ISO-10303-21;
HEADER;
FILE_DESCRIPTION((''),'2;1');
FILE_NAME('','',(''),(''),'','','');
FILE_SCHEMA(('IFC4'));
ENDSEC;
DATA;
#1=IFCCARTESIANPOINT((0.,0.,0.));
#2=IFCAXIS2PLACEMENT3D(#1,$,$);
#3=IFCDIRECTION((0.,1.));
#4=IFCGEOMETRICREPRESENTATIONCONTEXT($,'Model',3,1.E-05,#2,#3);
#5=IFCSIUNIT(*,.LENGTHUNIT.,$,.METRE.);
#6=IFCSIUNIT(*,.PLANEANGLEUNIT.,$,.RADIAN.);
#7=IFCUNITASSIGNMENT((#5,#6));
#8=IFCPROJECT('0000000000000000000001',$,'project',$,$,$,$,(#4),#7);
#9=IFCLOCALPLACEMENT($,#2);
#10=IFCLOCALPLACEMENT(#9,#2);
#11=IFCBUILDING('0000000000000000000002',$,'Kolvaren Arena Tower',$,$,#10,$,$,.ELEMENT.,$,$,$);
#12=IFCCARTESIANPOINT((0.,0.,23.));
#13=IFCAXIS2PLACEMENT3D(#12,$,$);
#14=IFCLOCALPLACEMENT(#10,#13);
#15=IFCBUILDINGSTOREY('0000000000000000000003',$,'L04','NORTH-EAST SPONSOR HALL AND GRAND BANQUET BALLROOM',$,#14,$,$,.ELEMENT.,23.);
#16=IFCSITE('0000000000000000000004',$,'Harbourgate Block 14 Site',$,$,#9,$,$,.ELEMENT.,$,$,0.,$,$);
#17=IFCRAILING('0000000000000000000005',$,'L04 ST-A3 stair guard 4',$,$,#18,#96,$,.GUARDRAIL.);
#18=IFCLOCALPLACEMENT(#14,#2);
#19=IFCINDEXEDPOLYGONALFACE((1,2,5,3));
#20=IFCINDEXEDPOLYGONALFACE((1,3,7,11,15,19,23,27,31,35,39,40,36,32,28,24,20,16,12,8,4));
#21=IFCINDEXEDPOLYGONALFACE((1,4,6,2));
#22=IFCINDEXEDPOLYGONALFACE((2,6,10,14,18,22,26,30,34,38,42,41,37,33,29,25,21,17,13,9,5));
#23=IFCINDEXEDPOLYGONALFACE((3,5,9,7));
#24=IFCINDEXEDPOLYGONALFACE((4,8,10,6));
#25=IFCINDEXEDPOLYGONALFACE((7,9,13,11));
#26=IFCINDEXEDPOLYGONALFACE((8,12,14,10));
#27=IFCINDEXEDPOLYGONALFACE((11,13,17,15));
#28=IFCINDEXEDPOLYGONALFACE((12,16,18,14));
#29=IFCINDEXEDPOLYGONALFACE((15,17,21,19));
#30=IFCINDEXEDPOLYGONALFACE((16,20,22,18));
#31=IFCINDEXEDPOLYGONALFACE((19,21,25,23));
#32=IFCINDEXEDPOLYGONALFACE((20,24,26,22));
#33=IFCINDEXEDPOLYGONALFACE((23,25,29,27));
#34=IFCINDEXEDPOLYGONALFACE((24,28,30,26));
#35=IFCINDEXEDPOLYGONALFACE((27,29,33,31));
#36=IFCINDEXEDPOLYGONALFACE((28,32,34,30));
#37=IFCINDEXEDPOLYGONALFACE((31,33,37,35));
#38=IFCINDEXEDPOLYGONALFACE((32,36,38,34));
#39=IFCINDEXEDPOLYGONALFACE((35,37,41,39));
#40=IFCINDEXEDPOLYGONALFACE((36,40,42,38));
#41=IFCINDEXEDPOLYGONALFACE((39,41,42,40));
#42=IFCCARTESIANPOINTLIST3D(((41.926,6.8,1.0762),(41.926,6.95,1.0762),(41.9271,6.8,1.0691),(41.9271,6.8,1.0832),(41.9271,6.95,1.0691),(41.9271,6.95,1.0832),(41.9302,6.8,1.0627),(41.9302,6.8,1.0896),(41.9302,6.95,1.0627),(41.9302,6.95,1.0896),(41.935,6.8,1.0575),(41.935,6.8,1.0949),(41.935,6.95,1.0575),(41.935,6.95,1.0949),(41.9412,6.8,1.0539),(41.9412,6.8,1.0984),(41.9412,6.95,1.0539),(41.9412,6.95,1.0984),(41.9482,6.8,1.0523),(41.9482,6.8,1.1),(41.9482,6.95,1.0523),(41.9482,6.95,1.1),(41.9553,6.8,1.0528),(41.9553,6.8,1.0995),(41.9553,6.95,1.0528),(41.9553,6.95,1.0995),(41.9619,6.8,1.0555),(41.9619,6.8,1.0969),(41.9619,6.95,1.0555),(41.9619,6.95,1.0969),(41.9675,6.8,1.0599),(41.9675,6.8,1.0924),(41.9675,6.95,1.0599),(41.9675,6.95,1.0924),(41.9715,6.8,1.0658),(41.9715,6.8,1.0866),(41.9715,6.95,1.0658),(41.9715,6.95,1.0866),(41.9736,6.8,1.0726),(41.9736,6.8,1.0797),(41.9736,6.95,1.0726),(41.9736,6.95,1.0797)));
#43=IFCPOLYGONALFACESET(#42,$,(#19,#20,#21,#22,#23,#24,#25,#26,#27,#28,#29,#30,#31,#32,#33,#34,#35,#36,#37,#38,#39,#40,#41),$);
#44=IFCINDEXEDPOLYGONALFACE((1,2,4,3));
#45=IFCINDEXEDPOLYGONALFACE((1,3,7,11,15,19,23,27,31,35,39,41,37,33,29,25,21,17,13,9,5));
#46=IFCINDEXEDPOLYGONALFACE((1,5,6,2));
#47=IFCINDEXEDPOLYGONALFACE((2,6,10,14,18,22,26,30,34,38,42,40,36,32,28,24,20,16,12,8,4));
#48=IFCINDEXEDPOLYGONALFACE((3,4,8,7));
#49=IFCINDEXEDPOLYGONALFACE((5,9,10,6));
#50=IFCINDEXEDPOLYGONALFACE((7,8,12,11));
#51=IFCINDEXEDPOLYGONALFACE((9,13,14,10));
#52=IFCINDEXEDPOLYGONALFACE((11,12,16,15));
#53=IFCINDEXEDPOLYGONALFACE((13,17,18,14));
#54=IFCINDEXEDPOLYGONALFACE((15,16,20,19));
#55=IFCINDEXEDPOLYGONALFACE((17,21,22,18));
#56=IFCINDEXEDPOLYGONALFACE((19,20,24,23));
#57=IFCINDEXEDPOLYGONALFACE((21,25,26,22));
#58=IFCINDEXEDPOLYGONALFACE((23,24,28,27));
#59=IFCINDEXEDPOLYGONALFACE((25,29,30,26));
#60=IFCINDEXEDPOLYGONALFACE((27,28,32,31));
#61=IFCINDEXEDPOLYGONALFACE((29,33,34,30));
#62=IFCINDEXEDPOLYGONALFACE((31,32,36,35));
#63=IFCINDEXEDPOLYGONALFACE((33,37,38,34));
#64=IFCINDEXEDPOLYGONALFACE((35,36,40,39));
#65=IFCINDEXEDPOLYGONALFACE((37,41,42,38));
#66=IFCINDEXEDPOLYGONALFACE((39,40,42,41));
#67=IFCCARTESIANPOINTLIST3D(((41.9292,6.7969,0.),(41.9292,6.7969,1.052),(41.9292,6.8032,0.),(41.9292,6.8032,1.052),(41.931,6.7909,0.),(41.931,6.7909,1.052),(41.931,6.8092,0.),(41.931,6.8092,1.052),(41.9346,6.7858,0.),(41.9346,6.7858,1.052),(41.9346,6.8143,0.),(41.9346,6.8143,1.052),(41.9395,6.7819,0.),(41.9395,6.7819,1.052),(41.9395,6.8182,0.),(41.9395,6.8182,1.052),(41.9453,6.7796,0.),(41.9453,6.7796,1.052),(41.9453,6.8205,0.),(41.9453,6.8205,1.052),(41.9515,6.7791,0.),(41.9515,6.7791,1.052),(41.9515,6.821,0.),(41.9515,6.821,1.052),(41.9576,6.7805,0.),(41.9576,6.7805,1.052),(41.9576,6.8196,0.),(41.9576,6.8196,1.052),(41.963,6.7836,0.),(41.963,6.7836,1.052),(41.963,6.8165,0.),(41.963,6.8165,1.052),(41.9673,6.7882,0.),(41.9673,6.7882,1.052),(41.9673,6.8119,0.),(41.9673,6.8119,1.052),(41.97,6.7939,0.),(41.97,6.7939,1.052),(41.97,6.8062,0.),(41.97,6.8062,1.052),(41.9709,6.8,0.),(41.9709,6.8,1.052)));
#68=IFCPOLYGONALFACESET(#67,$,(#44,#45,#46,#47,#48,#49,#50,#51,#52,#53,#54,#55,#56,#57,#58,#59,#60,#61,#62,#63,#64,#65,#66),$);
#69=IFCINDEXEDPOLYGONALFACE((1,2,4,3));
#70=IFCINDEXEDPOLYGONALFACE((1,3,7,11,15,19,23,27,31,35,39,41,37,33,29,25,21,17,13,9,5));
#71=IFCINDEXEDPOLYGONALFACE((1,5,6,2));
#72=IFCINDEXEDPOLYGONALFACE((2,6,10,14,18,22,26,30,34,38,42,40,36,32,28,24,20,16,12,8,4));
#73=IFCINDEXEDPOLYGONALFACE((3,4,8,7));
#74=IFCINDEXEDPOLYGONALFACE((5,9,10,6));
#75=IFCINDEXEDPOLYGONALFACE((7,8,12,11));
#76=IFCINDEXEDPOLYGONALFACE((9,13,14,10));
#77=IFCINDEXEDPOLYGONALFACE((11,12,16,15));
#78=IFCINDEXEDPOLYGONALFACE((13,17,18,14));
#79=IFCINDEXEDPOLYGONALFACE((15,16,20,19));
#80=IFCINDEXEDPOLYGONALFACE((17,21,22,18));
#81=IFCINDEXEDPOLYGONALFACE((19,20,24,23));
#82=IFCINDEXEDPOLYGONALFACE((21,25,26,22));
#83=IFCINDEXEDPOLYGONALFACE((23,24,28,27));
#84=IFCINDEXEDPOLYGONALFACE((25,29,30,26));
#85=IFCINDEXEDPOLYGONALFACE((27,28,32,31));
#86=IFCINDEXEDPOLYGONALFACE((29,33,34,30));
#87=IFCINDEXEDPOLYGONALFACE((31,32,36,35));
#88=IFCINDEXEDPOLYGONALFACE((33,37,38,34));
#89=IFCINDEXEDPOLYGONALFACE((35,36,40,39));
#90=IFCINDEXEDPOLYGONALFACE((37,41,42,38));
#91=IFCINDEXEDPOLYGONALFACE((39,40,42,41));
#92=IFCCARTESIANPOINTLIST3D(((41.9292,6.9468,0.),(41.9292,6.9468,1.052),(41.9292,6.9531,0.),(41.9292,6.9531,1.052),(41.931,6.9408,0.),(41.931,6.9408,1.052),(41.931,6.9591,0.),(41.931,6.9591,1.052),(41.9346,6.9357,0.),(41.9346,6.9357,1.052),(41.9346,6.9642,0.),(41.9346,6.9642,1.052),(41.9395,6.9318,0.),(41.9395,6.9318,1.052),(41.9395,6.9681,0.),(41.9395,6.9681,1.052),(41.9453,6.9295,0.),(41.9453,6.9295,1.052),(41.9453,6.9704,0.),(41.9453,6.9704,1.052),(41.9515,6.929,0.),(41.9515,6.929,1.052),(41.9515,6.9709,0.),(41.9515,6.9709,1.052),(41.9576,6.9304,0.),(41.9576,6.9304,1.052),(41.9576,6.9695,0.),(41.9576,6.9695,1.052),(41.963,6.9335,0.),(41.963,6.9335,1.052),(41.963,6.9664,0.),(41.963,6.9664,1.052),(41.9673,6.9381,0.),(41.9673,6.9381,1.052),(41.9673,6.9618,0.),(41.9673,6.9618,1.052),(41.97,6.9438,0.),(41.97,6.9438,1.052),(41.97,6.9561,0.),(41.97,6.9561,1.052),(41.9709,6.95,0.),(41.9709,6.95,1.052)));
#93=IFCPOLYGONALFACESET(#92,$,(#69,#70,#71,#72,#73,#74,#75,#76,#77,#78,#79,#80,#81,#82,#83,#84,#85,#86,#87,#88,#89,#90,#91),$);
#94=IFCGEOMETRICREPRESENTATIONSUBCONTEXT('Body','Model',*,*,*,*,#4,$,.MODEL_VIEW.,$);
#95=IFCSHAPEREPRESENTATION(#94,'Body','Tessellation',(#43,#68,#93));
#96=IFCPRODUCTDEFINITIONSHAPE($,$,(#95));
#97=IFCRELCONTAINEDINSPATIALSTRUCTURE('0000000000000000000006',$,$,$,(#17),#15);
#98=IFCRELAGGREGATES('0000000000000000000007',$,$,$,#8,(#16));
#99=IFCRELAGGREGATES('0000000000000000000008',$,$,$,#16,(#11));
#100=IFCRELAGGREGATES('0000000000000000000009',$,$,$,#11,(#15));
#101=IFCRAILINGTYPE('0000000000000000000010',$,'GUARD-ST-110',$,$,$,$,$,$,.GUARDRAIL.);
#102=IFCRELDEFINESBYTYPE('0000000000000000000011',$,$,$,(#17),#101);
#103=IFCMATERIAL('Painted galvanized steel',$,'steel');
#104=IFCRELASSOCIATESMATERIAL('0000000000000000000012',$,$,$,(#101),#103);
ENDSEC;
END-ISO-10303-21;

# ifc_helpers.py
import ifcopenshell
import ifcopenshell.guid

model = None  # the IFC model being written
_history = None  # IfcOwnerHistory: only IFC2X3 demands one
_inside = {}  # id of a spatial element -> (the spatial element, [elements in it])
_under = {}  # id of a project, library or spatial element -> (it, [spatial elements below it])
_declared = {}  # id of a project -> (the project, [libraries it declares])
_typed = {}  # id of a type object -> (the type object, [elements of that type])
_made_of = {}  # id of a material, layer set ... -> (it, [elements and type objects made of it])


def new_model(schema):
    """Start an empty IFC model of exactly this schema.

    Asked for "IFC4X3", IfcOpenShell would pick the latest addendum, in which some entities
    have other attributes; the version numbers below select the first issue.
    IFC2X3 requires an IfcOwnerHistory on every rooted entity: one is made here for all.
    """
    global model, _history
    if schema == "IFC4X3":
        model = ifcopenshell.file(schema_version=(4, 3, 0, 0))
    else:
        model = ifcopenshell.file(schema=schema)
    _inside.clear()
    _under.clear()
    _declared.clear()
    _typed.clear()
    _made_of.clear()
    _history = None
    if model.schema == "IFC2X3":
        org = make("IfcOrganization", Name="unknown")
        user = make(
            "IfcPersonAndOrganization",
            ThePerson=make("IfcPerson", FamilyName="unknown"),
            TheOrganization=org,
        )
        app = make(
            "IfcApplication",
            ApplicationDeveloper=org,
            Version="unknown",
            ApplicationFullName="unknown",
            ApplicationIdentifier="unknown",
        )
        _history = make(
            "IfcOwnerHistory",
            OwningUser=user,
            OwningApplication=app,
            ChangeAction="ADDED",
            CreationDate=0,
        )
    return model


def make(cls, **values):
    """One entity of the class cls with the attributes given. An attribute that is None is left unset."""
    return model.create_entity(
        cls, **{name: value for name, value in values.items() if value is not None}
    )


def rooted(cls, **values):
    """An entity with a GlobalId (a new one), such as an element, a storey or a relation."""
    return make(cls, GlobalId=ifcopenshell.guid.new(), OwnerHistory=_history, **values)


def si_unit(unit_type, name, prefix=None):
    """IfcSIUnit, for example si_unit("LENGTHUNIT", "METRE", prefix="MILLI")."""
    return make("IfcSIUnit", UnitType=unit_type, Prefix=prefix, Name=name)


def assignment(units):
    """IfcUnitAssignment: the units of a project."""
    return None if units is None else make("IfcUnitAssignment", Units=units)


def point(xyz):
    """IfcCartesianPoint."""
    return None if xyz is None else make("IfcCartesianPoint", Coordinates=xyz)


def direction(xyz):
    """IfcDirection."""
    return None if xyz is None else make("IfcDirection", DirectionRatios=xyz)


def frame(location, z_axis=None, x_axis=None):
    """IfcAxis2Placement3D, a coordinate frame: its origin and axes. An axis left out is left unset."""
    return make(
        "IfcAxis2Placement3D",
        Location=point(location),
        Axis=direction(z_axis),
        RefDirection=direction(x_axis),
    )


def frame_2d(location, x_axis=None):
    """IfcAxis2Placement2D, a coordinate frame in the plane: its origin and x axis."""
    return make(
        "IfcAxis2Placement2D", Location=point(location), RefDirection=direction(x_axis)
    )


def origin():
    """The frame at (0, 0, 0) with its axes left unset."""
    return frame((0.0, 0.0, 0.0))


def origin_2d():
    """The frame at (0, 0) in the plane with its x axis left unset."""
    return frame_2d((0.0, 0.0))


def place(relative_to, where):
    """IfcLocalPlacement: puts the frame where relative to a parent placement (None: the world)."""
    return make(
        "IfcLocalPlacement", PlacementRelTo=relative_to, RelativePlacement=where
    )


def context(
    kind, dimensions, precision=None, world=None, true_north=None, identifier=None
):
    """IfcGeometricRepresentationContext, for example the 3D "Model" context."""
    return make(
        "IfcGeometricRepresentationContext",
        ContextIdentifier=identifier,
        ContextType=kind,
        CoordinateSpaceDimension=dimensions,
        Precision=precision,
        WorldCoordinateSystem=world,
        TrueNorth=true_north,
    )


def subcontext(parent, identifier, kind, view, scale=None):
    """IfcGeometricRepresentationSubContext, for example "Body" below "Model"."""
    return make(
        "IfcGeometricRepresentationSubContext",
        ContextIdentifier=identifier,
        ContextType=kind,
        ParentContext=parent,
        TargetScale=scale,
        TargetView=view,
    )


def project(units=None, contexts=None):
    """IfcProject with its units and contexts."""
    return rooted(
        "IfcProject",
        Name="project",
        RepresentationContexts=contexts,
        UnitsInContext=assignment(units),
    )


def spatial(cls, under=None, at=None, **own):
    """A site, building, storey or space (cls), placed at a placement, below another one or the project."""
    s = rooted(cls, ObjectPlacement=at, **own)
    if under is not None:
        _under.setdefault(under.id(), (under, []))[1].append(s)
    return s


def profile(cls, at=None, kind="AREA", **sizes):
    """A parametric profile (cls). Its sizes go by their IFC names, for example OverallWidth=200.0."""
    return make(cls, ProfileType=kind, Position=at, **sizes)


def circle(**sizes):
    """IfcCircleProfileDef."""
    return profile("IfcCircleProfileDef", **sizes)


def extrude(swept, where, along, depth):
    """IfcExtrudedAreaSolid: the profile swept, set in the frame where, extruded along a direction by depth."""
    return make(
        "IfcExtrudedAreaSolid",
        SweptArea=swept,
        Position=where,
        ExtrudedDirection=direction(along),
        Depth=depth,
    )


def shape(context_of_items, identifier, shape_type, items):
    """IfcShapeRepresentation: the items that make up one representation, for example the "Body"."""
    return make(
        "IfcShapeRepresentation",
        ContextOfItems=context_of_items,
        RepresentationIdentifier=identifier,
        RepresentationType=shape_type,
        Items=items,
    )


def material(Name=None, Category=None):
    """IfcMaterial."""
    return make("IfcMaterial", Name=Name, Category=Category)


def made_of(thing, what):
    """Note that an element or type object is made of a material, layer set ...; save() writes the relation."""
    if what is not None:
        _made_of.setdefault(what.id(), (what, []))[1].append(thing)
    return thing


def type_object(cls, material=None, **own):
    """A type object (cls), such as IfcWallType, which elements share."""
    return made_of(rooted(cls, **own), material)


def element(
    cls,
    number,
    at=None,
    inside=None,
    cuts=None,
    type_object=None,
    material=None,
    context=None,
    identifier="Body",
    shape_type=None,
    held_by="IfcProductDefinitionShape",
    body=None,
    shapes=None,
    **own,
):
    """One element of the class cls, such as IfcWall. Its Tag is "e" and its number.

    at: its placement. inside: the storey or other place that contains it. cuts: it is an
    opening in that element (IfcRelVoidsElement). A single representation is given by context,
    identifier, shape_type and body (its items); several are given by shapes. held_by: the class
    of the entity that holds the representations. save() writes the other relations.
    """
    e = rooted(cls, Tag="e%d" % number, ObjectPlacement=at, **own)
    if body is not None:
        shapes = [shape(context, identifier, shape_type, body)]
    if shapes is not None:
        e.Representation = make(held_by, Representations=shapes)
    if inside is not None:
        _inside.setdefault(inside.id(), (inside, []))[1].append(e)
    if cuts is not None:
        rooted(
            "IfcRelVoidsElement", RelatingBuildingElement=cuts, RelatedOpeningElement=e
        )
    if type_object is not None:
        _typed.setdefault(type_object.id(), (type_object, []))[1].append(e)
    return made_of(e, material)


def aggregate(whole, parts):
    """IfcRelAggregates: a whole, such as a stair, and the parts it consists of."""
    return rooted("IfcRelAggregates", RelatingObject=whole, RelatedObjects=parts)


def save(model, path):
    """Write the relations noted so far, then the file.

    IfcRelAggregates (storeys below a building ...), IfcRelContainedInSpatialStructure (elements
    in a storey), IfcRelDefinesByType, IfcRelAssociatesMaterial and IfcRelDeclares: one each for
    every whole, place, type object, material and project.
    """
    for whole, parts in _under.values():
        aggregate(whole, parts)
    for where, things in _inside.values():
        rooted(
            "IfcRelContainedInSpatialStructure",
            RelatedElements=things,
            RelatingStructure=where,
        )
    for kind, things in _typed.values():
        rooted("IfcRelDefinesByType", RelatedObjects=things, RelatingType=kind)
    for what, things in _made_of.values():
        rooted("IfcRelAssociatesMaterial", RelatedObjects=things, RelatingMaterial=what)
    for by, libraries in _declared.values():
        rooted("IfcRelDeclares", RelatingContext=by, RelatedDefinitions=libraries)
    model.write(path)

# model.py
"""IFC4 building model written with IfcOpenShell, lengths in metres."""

from ifc_helpers import new_model, si_unit, direction, frame, origin, origin_2d, place, context, subcontext, project, spatial, circle, extrude, material, type_object, element, save


model = new_model("IFC4")

# Units and contexts
model_context = context("Model", 3, precision=1e-05, world=origin(), true_north=direction((0.0, 1.0)))
body_context = subcontext(model_context, "Body", "Model", "MODEL_VIEW")
ifc_project = project(units=[si_unit("LENGTHUNIT", "METRE"), si_unit("PLANEANGLEUNIT", "RADIAN")], contexts=[model_context])

# Site, building, storey
site_placement = place(None, origin())
site = spatial("IfcSite", under=ifc_project, at=site_placement, Name="Harbourgate Block 14 Site", CompositionType="ELEMENT", RefElevation=0.0)
building_placement = place(site_placement, origin())
building = spatial("IfcBuilding", under=site, at=building_placement, Name="Kolvaren Arena Tower", CompositionType="ELEMENT")
storey_placement = place(building_placement, frame((0.0, 0.0, 23.0)))
storey = spatial("IfcBuildingStorey", under=building, at=storey_placement, Name="L04", Description="NORTH-EAST SPONSOR HALL AND GRAND BANQUET BALLROOM", CompositionType="ELEMENT", Elevation=23.0)

# Railing
ifc_material_1 = material(Name="Painted galvanized steel", Category="steel")
railing_type_1 = type_object("IfcRailingType", Name="GUARD-ST-110", PredefinedType="GUARDRAIL", material=ifc_material_1)
railing_1_placement = place(storey_placement, frame((41.95, 6.8, 0.0)))
element("IfcRailing", 1, at=railing_1_placement, inside=storey, type_object=railing_type_1, Name="L04 ST-A3 stair guard 4", PredefinedType="GUARDRAIL", context=body_context, shape_type="SweptSolid", body=[
    extrude(circle(Radius=0.0239, at=origin_2d()), frame((0.0, 0.0, 1.0762), z_axis=(0.0, 1.0, 0.0), x_axis=(-1.0, 0.0, 0.0)), (0.0, 0.0, 1.0), 0.1499),
    extrude(circle(Radius=0.021, at=origin_2d()), origin(), (0.0, 0.0, 1.0), 1.052),
    extrude(circle(Radius=0.021, at=origin_2d()), frame((0.0, 0.1499, 0.0)), (0.0, 0.0, 1.0), 1.052),
])

save(model, "model.ifc")
